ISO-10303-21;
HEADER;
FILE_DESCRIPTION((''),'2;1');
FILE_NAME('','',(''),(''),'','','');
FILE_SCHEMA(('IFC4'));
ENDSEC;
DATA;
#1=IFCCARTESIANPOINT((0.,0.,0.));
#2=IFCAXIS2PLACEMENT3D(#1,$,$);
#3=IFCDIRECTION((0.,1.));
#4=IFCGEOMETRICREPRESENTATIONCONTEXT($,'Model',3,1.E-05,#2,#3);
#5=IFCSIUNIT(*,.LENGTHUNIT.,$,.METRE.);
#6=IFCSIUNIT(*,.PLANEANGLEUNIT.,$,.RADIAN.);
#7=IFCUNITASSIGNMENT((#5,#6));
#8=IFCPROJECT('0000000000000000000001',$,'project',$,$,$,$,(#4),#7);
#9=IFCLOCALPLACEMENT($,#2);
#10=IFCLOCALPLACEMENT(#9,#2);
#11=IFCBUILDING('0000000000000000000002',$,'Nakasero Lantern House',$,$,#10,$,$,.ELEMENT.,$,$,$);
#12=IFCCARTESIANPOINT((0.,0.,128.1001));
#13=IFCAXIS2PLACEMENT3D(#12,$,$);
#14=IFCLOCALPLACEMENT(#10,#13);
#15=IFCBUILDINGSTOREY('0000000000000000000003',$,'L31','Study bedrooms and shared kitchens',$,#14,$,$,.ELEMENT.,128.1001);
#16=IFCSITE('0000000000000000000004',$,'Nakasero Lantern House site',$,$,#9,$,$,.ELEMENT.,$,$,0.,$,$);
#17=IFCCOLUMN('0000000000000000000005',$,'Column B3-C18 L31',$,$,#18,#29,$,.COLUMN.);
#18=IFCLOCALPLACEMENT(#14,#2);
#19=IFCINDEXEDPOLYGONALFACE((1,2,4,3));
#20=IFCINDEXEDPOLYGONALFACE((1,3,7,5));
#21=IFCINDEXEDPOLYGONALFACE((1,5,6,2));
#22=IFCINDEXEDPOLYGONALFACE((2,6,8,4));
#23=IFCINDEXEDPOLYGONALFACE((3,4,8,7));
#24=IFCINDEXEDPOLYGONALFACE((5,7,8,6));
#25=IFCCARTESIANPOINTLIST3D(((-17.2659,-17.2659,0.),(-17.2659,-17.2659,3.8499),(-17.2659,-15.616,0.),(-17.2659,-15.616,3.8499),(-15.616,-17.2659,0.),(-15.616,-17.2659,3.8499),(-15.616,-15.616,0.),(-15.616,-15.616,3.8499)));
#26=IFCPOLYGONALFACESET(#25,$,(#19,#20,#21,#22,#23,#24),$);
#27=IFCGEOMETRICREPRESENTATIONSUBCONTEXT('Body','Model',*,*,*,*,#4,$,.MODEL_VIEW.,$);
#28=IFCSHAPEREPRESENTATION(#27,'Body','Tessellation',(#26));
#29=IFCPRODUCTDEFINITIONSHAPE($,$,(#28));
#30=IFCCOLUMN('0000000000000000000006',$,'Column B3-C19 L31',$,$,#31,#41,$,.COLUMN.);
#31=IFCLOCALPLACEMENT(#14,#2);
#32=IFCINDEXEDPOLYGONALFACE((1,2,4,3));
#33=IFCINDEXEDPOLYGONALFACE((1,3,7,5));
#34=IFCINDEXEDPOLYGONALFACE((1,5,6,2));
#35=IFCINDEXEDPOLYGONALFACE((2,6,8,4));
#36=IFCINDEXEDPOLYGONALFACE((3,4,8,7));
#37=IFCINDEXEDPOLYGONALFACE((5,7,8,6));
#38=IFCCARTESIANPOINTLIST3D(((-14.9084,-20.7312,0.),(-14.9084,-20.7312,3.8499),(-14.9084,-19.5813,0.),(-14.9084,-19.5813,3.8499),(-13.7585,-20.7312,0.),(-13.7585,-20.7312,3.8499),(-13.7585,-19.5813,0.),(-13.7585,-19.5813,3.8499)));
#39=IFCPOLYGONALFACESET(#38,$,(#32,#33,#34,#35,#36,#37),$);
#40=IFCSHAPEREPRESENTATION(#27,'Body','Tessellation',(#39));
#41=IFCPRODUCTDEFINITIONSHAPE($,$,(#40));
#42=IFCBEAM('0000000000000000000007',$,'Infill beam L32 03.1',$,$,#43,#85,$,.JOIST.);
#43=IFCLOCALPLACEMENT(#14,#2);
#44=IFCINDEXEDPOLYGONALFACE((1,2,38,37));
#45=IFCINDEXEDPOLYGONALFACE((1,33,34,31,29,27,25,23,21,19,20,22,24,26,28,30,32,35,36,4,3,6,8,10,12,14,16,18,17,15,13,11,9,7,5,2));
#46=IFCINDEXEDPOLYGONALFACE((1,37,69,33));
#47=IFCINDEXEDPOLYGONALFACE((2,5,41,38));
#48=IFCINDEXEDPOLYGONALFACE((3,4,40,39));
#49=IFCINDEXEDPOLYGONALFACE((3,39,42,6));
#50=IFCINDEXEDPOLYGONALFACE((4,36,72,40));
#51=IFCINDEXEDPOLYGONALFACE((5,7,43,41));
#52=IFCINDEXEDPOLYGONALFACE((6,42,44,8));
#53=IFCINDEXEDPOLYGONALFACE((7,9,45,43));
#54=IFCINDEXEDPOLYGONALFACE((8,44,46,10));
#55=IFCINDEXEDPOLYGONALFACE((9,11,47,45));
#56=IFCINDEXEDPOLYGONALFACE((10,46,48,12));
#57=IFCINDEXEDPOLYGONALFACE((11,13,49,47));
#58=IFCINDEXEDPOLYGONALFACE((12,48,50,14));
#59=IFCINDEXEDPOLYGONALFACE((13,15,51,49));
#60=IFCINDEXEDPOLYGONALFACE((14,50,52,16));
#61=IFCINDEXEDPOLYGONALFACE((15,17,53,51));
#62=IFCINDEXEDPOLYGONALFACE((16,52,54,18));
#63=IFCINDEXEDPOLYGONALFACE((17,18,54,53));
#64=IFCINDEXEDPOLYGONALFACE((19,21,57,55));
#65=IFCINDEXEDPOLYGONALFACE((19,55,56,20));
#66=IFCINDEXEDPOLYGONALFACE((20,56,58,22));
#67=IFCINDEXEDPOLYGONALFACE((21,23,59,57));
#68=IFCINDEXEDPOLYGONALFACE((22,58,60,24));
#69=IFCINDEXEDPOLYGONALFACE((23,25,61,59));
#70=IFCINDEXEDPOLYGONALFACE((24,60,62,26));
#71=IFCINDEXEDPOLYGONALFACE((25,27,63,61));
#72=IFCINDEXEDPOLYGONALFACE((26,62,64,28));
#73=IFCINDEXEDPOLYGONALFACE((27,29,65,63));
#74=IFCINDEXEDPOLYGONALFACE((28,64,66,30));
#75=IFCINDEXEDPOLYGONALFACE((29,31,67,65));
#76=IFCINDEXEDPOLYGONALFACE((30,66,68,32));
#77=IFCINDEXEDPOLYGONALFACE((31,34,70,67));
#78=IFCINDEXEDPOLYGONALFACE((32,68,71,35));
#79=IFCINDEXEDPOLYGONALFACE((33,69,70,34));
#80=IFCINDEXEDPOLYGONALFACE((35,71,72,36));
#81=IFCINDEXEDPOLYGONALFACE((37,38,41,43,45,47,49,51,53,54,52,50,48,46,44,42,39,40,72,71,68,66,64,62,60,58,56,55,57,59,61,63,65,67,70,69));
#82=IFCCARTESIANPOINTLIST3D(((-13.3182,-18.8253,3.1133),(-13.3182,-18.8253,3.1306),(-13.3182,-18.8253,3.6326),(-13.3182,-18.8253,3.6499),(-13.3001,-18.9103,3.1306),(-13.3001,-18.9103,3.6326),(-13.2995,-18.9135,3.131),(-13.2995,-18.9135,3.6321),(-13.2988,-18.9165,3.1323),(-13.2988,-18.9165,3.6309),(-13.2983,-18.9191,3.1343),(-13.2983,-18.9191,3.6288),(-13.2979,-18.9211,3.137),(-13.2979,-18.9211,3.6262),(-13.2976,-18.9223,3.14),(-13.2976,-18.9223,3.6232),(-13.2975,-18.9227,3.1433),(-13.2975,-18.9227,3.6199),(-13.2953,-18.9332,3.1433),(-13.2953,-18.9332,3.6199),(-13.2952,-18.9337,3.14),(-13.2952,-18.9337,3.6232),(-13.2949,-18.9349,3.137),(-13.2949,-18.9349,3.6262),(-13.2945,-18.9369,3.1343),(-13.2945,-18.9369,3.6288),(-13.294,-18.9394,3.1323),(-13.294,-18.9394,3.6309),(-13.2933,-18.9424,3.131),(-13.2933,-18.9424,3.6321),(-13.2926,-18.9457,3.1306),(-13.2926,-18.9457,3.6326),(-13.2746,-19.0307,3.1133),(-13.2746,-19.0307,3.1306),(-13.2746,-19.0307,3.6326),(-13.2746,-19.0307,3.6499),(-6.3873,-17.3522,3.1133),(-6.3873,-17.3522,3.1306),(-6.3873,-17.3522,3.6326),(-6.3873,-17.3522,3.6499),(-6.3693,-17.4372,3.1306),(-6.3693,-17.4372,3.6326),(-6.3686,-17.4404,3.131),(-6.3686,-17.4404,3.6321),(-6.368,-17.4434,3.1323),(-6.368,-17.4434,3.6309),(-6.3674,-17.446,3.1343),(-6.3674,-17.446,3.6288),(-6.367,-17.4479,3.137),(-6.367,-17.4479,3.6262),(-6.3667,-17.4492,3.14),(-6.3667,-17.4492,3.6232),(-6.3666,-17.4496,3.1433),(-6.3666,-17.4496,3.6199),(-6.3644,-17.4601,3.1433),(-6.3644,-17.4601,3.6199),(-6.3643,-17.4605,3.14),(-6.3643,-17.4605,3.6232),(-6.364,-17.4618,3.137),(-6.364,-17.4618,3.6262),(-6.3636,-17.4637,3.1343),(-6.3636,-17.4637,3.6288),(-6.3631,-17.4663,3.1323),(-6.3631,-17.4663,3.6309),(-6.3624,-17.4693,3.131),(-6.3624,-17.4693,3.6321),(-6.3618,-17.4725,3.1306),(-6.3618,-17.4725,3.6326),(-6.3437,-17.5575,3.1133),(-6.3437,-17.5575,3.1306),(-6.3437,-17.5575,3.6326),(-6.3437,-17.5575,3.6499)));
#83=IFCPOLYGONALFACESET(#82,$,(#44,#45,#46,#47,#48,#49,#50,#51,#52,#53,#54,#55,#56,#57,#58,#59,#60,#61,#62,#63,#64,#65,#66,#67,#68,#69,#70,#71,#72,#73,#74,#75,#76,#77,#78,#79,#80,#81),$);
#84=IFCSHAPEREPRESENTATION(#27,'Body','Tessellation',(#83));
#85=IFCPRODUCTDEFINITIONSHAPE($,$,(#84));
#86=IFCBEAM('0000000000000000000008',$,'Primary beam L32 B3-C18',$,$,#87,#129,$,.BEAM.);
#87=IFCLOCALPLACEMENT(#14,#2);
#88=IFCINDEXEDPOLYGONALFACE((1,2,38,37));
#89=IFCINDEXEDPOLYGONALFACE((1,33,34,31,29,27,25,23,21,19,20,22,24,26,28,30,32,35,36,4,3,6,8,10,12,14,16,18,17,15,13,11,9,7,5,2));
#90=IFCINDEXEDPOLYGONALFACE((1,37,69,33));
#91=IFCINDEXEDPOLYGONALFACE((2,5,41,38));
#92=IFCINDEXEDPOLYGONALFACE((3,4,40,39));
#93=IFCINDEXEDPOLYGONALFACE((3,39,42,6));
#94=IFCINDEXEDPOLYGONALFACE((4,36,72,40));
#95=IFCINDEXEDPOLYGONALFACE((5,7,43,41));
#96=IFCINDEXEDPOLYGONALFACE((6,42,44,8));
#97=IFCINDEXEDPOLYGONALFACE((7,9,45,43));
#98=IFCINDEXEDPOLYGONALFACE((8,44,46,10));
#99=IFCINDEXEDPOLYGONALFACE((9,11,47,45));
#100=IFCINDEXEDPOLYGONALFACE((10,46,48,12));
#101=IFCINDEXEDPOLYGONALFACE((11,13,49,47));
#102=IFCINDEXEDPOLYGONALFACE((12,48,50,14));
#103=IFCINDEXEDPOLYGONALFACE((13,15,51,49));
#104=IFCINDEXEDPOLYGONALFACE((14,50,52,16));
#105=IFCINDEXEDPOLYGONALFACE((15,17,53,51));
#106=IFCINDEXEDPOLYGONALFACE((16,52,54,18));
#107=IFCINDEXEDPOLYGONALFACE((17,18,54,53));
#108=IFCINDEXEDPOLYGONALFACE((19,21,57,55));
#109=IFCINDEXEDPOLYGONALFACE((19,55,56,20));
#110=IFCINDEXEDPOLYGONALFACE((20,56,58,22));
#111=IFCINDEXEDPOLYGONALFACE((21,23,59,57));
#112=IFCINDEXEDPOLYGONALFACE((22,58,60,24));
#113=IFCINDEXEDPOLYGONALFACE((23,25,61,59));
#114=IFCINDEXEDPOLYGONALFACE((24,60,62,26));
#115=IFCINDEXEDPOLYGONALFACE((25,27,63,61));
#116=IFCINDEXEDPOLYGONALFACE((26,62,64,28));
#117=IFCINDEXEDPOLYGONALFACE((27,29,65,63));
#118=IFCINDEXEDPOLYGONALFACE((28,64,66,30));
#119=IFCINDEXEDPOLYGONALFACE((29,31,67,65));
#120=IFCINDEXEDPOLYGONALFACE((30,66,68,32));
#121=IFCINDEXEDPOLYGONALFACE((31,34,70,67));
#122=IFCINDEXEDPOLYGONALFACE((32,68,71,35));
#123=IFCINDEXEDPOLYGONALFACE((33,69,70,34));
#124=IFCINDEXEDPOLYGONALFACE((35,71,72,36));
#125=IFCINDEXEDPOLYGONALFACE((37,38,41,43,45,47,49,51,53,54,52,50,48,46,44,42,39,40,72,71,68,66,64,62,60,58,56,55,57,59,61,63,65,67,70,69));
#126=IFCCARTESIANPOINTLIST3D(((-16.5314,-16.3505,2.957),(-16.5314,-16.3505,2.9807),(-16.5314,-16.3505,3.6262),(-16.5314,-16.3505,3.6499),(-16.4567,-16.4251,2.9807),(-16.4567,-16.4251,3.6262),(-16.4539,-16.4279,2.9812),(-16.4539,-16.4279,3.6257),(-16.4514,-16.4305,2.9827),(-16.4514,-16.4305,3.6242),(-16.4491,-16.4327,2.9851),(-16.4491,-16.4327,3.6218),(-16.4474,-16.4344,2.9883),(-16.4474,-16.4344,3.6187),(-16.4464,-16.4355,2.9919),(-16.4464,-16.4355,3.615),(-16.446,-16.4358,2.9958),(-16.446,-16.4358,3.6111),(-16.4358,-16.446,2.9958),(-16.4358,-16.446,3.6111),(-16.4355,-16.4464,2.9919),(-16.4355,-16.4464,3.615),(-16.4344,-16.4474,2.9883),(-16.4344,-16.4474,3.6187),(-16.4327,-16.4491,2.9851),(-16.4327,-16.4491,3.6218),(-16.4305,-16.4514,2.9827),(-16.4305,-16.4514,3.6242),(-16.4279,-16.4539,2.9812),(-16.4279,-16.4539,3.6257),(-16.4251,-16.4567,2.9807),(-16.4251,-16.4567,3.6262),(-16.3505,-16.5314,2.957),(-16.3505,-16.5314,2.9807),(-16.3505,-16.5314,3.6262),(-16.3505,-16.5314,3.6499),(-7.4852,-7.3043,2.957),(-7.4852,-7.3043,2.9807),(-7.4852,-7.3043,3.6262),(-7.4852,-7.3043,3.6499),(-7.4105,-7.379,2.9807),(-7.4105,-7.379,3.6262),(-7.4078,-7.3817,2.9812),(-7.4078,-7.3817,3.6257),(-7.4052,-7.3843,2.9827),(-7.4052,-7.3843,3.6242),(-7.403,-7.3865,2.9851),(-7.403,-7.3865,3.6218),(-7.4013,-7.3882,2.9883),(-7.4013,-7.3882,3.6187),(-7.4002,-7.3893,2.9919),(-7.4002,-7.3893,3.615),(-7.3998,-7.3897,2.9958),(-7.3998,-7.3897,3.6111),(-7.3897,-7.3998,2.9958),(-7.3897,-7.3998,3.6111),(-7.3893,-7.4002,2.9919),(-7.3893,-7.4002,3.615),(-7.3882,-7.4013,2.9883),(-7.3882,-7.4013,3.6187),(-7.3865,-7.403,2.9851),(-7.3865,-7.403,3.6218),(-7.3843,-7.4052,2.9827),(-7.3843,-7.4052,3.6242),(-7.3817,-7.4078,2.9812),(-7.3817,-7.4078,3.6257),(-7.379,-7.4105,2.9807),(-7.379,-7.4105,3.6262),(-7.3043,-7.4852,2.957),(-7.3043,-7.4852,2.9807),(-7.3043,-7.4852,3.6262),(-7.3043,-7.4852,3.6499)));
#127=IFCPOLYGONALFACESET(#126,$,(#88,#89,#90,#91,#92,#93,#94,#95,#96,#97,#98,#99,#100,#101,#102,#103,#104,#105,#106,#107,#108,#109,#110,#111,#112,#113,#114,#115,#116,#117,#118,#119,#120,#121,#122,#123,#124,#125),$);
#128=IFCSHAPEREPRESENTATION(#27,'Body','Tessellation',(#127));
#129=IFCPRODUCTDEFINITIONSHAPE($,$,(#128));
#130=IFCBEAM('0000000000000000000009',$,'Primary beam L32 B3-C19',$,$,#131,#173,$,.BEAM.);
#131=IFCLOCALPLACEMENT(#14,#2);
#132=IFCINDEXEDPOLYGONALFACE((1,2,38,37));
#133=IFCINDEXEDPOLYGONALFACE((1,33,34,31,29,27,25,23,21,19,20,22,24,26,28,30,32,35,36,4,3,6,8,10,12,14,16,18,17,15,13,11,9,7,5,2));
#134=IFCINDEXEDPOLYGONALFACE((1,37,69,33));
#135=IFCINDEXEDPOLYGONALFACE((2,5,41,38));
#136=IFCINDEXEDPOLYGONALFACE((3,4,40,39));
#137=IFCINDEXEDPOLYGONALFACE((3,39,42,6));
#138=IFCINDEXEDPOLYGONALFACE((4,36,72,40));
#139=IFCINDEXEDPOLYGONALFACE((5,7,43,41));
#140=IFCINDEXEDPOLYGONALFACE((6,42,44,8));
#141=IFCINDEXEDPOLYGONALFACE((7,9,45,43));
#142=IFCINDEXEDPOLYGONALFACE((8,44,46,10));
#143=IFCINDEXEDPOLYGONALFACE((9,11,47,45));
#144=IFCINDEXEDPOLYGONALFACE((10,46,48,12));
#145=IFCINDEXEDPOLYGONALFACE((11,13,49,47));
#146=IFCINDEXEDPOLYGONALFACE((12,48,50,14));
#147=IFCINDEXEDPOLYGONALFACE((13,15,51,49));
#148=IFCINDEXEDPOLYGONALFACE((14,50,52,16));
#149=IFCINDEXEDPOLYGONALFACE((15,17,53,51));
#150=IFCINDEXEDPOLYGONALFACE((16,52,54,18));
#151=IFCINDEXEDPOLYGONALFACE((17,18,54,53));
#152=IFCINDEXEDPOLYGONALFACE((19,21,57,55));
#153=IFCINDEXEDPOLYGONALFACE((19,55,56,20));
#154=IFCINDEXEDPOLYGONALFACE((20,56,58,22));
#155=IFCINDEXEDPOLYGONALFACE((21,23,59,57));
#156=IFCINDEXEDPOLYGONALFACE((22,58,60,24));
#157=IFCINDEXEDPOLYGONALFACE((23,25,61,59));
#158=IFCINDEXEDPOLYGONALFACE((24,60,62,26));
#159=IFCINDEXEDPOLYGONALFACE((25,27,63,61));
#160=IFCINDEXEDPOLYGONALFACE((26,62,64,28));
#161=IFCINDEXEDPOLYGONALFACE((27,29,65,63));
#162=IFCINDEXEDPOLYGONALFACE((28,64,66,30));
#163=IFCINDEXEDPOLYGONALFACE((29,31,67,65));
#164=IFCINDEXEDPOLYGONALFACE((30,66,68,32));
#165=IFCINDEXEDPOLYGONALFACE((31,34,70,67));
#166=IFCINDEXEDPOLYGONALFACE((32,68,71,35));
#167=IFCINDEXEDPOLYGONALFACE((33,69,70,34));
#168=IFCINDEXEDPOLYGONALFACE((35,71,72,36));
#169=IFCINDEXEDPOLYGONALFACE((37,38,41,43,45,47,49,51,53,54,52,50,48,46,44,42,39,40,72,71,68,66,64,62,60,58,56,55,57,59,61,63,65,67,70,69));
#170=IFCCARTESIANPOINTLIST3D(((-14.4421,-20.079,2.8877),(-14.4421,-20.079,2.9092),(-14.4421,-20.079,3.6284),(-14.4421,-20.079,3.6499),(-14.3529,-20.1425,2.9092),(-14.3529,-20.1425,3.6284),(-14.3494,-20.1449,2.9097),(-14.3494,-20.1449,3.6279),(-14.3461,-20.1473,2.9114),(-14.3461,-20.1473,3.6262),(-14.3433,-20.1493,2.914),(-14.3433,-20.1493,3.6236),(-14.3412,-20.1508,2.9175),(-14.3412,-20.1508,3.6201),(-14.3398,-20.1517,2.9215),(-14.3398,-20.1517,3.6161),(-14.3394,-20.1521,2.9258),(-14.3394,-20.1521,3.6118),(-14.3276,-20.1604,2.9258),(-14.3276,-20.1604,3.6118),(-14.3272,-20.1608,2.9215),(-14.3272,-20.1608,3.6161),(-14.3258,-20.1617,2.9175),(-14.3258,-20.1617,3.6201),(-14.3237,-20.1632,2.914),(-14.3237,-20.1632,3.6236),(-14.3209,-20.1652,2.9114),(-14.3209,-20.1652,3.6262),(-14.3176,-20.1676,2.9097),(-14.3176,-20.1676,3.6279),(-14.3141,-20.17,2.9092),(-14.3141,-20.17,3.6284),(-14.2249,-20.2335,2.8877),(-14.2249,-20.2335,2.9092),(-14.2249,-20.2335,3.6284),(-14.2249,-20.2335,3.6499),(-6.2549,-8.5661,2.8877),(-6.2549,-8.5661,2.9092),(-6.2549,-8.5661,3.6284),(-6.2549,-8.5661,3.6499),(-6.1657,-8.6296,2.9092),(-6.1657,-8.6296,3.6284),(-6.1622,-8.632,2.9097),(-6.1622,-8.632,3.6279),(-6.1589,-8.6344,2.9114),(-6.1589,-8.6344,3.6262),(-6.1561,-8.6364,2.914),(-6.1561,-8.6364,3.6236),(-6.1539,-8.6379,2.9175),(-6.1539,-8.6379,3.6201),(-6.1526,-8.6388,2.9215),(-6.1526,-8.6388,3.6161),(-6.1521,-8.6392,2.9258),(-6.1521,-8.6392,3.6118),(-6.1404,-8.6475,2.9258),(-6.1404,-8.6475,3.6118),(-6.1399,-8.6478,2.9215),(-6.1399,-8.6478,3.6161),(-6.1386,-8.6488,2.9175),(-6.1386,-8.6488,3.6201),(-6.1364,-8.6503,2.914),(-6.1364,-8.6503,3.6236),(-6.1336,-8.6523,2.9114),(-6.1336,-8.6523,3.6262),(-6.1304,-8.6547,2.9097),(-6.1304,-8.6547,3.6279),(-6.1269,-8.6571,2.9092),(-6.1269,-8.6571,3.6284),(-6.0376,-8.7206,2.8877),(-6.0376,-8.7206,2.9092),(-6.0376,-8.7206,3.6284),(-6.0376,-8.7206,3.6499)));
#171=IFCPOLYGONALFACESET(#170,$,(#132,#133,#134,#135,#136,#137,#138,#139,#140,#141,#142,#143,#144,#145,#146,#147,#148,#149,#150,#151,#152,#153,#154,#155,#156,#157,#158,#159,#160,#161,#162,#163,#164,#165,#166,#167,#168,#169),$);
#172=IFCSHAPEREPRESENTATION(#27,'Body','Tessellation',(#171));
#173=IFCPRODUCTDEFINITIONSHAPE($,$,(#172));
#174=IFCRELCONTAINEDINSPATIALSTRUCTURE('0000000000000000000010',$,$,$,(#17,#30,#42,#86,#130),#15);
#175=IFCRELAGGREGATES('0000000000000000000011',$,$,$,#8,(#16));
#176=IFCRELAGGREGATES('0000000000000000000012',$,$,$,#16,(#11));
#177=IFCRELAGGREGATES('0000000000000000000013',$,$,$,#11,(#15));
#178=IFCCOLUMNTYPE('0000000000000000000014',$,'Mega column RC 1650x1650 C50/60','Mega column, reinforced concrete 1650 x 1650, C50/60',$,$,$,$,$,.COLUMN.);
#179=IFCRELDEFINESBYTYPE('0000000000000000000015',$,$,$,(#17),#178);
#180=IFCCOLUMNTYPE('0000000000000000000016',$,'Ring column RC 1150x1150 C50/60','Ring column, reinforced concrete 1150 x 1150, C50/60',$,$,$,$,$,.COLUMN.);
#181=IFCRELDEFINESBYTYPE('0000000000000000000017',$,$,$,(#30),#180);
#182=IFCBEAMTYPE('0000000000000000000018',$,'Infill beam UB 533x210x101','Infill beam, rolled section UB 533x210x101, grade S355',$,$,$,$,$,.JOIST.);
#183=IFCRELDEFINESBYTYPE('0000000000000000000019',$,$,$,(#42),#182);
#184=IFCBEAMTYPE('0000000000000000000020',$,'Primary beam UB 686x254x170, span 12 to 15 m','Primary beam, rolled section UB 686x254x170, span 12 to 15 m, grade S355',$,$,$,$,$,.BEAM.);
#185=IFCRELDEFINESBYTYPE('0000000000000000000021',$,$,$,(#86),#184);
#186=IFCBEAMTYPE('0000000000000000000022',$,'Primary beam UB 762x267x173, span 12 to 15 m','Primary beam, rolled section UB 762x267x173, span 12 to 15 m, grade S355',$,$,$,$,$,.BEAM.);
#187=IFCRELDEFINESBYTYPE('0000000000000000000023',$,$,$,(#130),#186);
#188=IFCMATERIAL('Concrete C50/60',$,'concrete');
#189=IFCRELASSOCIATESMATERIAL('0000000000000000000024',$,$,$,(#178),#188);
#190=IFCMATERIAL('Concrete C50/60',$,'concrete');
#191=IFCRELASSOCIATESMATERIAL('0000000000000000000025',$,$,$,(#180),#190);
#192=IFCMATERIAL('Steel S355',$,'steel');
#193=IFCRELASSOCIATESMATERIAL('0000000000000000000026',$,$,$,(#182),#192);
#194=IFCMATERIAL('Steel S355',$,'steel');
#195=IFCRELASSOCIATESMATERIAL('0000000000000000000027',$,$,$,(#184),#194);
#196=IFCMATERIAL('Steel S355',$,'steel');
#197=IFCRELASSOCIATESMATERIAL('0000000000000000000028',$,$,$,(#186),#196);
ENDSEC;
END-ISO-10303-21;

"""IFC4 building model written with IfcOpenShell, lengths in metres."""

from ifc_helpers import new_model, si_unit, direction, frame, origin, origin_2d, place, context, subcontext, project, spatial, rectangle, i_section, extrude, material, material_profile, profile_set, type_object, element, save


model = new_model("IFC4")

# Units and contexts
model_context = context("Model", 3, precision=1e-05, world=origin(), true_north=direction((0.0, 1.0)))
body_context = subcontext(model_context, "Body", "Model", "MODEL_VIEW")
ifc_project = project(units=[si_unit("LENGTHUNIT", "METRE"), si_unit("PLANEANGLEUNIT", "RADIAN")], contexts=[model_context])

# Site, building, storey
site_placement = place(None, origin())
site = spatial("IfcSite", under=ifc_project, at=site_placement, Name="Nakasero Lantern House site", CompositionType="ELEMENT", RefElevation=0.0)
building_placement = place(site_placement, origin())
building = spatial("IfcBuilding", under=site, at=building_placement, Name="Nakasero Lantern House", CompositionType="ELEMENT")
storey_placement = place(building_placement, frame((0.0, 0.0, 128.1001)))
storey = spatial("IfcBuildingStorey", under=building, at=storey_placement, Name="L31", Description="Study bedrooms and shared kitchens", CompositionType="ELEMENT", Elevation=128.1001)

# Columns
ifc_material_1 = material(Name="Concrete C50/60", Category="concrete")
ifc_material_profile_1 = material_profile(ifc_material_1, rectangle(XDim=1.6499, YDim=1.6499, at=origin_2d()), Name="RC 1650x1650")
ifc_profile_set_1 = profile_set([ifc_material_profile_1], Name="Concrete C50/60")
column_type_1 = type_object("IfcColumnType", Name="Mega column RC 1650x1650 C50/60", Description="Mega column, reinforced concrete 1650 x 1650, C50/60", PredefinedType="COLUMN", material=ifc_profile_set_1)
column_1_placement = place(storey_placement, frame((-16.4409, -16.4409, 0.0), z_axis=(0.0, 0.0, 1.0), x_axis=(1.0, 0.0, 0.0)))
element("IfcColumn", 1, at=column_1_placement, inside=storey, type_object=column_type_1, Name="Column B3-C18 L31", PredefinedType="COLUMN", context=body_context, shape_type="SweptSolid", body=[
    extrude(rectangle(XDim=1.6499, YDim=1.6499, at=origin_2d()), origin(), (0.0, 0.0, 1.0), 3.8499),
])
ifc_material_2 = material(Name="Concrete C50/60", Category="concrete")
ifc_material_profile_2 = material_profile(ifc_material_2, rectangle(XDim=1.1499, YDim=1.1499, at=origin_2d()), Name="RC 1150x1150")
ifc_profile_set_2 = profile_set([ifc_material_profile_2], Name="Concrete C50/60")
column_type_2 = type_object("IfcColumnType", Name="Ring column RC 1150x1150 C50/60", Description="Ring column, reinforced concrete 1150 x 1150, C50/60", PredefinedType="COLUMN", material=ifc_profile_set_2)
column_2_placement = place(storey_placement, frame((-14.3335, -20.1562, 0.0), z_axis=(0.0, 0.0, 1.0), x_axis=(1.0, 0.0, 0.0)))
element("IfcColumn", 2, at=column_2_placement, inside=storey, type_object=column_type_2, Name="Column B3-C19 L31", PredefinedType="COLUMN", context=body_context, shape_type="SweptSolid", body=[
    extrude(rectangle(XDim=1.1499, YDim=1.1499, at=origin_2d()), origin(), (0.0, 0.0, 1.0), 3.8499),
])

# Beams
ifc_material_3 = material(Name="Steel S355", Category="steel")
ifc_material_profile_3 = material_profile(ifc_material_3, i_section(OverallWidth=0.21, OverallDepth=0.5366, WebThickness=0.0107, FlangeThickness=0.0173, FilletRadius=0.0127, at=origin_2d()), Name="UB 533x210x101")
ifc_profile_set_3 = profile_set([ifc_material_profile_3], Name="Steel S355")
beam_type_1 = type_object("IfcBeamType", Name="Infill beam UB 533x210x101", Description="Infill beam, rolled section UB 533x210x101, grade S355", PredefinedType="JOIST", material=ifc_profile_set_3)
beam_1_placement = place(storey_placement, frame((-13.2964, -18.928, 3.3816), z_axis=(0.978149, 0.207903, 0.0), x_axis=(-0.207903, 0.978149, 0.0)))
element("IfcBeam", 3, at=beam_1_placement, inside=storey, type_object=beam_type_1, Name="Infill beam L32 03.1", PredefinedType="JOIST", context=body_context, shape_type="SweptSolid", body=[
    extrude(i_section(OverallWidth=0.21, OverallDepth=0.5366, WebThickness=0.0107, FlangeThickness=0.0173, FilletRadius=0.0127, at=origin_2d()), origin(), (0.0, 0.0, 1.0), 7.0857),
])
ifc_material_4 = material(Name="Steel S355", Category="steel")
ifc_material_profile_4 = material_profile(ifc_material_4, i_section(OverallWidth=0.2559, OverallDepth=0.6929, WebThickness=0.0144, FlangeThickness=0.0237, FilletRadius=0.0151, at=origin_2d()), Name="UB 686x254x170")
ifc_profile_set_4 = profile_set([ifc_material_profile_4], Name="Steel S355")
beam_type_2 = type_object("IfcBeamType", Name="Primary beam UB 686x254x170, span 12 to 15 m", Description="Primary beam, rolled section UB 686x254x170, span 12 to 15 m, grade S355", PredefinedType="BEAM", material=ifc_profile_set_4)
beam_2_placement = place(storey_placement, frame((-16.4409, -16.4409, 3.3035), z_axis=(0.707107, 0.707107, 0.0), x_axis=(-0.707107, 0.707107, 0.0)))
element("IfcBeam", 4, at=beam_2_placement, inside=storey, type_object=beam_type_2, Name="Primary beam L32 B3-C18", PredefinedType="BEAM", context=body_context, shape_type="SweptSolid", body=[
    extrude(i_section(OverallWidth=0.2559, OverallDepth=0.6929, WebThickness=0.0144, FlangeThickness=0.0237, FilletRadius=0.0151, at=origin_2d()), origin(), (0.0, 0.0, 1.0), 12.7932),
])
ifc_material_5 = material(Name="Steel S355", Category="steel")
ifc_material_profile_5 = material_profile(ifc_material_5, i_section(OverallWidth=0.2666, OverallDepth=0.7622, WebThickness=0.0144, FlangeThickness=0.0215, FilletRadius=0.0166, at=origin_2d()), Name="UB 762x267x173")
ifc_profile_set_5 = profile_set([ifc_material_profile_5], Name="Steel S355")
beam_type_3 = type_object("IfcBeamType", Name="Primary beam UB 762x267x173, span 12 to 15 m", Description="Primary beam, rolled section UB 762x267x173, span 12 to 15 m, grade S355", PredefinedType="BEAM", material=ifc_profile_set_5)
beam_3_placement = place(storey_placement, frame((-14.3335, -20.1562, 3.2688), z_axis=(0.579537, 0.814946, 0.0), x_axis=(-0.814946, 0.579537, 0.0)))
element("IfcBeam", 5, at=beam_3_placement, inside=storey, type_object=beam_type_3, Name="Primary beam L32 B3-C19", PredefinedType="BEAM", context=body_context, shape_type="SweptSolid", body=[
    extrude(i_section(OverallWidth=0.2666, OverallDepth=0.7622, WebThickness=0.0144, FlangeThickness=0.0215, FilletRadius=0.0166, at=origin_2d()), origin(), (0.0, 0.0, 1.0), 14.1272),
])

save(model, "model.ifc")
